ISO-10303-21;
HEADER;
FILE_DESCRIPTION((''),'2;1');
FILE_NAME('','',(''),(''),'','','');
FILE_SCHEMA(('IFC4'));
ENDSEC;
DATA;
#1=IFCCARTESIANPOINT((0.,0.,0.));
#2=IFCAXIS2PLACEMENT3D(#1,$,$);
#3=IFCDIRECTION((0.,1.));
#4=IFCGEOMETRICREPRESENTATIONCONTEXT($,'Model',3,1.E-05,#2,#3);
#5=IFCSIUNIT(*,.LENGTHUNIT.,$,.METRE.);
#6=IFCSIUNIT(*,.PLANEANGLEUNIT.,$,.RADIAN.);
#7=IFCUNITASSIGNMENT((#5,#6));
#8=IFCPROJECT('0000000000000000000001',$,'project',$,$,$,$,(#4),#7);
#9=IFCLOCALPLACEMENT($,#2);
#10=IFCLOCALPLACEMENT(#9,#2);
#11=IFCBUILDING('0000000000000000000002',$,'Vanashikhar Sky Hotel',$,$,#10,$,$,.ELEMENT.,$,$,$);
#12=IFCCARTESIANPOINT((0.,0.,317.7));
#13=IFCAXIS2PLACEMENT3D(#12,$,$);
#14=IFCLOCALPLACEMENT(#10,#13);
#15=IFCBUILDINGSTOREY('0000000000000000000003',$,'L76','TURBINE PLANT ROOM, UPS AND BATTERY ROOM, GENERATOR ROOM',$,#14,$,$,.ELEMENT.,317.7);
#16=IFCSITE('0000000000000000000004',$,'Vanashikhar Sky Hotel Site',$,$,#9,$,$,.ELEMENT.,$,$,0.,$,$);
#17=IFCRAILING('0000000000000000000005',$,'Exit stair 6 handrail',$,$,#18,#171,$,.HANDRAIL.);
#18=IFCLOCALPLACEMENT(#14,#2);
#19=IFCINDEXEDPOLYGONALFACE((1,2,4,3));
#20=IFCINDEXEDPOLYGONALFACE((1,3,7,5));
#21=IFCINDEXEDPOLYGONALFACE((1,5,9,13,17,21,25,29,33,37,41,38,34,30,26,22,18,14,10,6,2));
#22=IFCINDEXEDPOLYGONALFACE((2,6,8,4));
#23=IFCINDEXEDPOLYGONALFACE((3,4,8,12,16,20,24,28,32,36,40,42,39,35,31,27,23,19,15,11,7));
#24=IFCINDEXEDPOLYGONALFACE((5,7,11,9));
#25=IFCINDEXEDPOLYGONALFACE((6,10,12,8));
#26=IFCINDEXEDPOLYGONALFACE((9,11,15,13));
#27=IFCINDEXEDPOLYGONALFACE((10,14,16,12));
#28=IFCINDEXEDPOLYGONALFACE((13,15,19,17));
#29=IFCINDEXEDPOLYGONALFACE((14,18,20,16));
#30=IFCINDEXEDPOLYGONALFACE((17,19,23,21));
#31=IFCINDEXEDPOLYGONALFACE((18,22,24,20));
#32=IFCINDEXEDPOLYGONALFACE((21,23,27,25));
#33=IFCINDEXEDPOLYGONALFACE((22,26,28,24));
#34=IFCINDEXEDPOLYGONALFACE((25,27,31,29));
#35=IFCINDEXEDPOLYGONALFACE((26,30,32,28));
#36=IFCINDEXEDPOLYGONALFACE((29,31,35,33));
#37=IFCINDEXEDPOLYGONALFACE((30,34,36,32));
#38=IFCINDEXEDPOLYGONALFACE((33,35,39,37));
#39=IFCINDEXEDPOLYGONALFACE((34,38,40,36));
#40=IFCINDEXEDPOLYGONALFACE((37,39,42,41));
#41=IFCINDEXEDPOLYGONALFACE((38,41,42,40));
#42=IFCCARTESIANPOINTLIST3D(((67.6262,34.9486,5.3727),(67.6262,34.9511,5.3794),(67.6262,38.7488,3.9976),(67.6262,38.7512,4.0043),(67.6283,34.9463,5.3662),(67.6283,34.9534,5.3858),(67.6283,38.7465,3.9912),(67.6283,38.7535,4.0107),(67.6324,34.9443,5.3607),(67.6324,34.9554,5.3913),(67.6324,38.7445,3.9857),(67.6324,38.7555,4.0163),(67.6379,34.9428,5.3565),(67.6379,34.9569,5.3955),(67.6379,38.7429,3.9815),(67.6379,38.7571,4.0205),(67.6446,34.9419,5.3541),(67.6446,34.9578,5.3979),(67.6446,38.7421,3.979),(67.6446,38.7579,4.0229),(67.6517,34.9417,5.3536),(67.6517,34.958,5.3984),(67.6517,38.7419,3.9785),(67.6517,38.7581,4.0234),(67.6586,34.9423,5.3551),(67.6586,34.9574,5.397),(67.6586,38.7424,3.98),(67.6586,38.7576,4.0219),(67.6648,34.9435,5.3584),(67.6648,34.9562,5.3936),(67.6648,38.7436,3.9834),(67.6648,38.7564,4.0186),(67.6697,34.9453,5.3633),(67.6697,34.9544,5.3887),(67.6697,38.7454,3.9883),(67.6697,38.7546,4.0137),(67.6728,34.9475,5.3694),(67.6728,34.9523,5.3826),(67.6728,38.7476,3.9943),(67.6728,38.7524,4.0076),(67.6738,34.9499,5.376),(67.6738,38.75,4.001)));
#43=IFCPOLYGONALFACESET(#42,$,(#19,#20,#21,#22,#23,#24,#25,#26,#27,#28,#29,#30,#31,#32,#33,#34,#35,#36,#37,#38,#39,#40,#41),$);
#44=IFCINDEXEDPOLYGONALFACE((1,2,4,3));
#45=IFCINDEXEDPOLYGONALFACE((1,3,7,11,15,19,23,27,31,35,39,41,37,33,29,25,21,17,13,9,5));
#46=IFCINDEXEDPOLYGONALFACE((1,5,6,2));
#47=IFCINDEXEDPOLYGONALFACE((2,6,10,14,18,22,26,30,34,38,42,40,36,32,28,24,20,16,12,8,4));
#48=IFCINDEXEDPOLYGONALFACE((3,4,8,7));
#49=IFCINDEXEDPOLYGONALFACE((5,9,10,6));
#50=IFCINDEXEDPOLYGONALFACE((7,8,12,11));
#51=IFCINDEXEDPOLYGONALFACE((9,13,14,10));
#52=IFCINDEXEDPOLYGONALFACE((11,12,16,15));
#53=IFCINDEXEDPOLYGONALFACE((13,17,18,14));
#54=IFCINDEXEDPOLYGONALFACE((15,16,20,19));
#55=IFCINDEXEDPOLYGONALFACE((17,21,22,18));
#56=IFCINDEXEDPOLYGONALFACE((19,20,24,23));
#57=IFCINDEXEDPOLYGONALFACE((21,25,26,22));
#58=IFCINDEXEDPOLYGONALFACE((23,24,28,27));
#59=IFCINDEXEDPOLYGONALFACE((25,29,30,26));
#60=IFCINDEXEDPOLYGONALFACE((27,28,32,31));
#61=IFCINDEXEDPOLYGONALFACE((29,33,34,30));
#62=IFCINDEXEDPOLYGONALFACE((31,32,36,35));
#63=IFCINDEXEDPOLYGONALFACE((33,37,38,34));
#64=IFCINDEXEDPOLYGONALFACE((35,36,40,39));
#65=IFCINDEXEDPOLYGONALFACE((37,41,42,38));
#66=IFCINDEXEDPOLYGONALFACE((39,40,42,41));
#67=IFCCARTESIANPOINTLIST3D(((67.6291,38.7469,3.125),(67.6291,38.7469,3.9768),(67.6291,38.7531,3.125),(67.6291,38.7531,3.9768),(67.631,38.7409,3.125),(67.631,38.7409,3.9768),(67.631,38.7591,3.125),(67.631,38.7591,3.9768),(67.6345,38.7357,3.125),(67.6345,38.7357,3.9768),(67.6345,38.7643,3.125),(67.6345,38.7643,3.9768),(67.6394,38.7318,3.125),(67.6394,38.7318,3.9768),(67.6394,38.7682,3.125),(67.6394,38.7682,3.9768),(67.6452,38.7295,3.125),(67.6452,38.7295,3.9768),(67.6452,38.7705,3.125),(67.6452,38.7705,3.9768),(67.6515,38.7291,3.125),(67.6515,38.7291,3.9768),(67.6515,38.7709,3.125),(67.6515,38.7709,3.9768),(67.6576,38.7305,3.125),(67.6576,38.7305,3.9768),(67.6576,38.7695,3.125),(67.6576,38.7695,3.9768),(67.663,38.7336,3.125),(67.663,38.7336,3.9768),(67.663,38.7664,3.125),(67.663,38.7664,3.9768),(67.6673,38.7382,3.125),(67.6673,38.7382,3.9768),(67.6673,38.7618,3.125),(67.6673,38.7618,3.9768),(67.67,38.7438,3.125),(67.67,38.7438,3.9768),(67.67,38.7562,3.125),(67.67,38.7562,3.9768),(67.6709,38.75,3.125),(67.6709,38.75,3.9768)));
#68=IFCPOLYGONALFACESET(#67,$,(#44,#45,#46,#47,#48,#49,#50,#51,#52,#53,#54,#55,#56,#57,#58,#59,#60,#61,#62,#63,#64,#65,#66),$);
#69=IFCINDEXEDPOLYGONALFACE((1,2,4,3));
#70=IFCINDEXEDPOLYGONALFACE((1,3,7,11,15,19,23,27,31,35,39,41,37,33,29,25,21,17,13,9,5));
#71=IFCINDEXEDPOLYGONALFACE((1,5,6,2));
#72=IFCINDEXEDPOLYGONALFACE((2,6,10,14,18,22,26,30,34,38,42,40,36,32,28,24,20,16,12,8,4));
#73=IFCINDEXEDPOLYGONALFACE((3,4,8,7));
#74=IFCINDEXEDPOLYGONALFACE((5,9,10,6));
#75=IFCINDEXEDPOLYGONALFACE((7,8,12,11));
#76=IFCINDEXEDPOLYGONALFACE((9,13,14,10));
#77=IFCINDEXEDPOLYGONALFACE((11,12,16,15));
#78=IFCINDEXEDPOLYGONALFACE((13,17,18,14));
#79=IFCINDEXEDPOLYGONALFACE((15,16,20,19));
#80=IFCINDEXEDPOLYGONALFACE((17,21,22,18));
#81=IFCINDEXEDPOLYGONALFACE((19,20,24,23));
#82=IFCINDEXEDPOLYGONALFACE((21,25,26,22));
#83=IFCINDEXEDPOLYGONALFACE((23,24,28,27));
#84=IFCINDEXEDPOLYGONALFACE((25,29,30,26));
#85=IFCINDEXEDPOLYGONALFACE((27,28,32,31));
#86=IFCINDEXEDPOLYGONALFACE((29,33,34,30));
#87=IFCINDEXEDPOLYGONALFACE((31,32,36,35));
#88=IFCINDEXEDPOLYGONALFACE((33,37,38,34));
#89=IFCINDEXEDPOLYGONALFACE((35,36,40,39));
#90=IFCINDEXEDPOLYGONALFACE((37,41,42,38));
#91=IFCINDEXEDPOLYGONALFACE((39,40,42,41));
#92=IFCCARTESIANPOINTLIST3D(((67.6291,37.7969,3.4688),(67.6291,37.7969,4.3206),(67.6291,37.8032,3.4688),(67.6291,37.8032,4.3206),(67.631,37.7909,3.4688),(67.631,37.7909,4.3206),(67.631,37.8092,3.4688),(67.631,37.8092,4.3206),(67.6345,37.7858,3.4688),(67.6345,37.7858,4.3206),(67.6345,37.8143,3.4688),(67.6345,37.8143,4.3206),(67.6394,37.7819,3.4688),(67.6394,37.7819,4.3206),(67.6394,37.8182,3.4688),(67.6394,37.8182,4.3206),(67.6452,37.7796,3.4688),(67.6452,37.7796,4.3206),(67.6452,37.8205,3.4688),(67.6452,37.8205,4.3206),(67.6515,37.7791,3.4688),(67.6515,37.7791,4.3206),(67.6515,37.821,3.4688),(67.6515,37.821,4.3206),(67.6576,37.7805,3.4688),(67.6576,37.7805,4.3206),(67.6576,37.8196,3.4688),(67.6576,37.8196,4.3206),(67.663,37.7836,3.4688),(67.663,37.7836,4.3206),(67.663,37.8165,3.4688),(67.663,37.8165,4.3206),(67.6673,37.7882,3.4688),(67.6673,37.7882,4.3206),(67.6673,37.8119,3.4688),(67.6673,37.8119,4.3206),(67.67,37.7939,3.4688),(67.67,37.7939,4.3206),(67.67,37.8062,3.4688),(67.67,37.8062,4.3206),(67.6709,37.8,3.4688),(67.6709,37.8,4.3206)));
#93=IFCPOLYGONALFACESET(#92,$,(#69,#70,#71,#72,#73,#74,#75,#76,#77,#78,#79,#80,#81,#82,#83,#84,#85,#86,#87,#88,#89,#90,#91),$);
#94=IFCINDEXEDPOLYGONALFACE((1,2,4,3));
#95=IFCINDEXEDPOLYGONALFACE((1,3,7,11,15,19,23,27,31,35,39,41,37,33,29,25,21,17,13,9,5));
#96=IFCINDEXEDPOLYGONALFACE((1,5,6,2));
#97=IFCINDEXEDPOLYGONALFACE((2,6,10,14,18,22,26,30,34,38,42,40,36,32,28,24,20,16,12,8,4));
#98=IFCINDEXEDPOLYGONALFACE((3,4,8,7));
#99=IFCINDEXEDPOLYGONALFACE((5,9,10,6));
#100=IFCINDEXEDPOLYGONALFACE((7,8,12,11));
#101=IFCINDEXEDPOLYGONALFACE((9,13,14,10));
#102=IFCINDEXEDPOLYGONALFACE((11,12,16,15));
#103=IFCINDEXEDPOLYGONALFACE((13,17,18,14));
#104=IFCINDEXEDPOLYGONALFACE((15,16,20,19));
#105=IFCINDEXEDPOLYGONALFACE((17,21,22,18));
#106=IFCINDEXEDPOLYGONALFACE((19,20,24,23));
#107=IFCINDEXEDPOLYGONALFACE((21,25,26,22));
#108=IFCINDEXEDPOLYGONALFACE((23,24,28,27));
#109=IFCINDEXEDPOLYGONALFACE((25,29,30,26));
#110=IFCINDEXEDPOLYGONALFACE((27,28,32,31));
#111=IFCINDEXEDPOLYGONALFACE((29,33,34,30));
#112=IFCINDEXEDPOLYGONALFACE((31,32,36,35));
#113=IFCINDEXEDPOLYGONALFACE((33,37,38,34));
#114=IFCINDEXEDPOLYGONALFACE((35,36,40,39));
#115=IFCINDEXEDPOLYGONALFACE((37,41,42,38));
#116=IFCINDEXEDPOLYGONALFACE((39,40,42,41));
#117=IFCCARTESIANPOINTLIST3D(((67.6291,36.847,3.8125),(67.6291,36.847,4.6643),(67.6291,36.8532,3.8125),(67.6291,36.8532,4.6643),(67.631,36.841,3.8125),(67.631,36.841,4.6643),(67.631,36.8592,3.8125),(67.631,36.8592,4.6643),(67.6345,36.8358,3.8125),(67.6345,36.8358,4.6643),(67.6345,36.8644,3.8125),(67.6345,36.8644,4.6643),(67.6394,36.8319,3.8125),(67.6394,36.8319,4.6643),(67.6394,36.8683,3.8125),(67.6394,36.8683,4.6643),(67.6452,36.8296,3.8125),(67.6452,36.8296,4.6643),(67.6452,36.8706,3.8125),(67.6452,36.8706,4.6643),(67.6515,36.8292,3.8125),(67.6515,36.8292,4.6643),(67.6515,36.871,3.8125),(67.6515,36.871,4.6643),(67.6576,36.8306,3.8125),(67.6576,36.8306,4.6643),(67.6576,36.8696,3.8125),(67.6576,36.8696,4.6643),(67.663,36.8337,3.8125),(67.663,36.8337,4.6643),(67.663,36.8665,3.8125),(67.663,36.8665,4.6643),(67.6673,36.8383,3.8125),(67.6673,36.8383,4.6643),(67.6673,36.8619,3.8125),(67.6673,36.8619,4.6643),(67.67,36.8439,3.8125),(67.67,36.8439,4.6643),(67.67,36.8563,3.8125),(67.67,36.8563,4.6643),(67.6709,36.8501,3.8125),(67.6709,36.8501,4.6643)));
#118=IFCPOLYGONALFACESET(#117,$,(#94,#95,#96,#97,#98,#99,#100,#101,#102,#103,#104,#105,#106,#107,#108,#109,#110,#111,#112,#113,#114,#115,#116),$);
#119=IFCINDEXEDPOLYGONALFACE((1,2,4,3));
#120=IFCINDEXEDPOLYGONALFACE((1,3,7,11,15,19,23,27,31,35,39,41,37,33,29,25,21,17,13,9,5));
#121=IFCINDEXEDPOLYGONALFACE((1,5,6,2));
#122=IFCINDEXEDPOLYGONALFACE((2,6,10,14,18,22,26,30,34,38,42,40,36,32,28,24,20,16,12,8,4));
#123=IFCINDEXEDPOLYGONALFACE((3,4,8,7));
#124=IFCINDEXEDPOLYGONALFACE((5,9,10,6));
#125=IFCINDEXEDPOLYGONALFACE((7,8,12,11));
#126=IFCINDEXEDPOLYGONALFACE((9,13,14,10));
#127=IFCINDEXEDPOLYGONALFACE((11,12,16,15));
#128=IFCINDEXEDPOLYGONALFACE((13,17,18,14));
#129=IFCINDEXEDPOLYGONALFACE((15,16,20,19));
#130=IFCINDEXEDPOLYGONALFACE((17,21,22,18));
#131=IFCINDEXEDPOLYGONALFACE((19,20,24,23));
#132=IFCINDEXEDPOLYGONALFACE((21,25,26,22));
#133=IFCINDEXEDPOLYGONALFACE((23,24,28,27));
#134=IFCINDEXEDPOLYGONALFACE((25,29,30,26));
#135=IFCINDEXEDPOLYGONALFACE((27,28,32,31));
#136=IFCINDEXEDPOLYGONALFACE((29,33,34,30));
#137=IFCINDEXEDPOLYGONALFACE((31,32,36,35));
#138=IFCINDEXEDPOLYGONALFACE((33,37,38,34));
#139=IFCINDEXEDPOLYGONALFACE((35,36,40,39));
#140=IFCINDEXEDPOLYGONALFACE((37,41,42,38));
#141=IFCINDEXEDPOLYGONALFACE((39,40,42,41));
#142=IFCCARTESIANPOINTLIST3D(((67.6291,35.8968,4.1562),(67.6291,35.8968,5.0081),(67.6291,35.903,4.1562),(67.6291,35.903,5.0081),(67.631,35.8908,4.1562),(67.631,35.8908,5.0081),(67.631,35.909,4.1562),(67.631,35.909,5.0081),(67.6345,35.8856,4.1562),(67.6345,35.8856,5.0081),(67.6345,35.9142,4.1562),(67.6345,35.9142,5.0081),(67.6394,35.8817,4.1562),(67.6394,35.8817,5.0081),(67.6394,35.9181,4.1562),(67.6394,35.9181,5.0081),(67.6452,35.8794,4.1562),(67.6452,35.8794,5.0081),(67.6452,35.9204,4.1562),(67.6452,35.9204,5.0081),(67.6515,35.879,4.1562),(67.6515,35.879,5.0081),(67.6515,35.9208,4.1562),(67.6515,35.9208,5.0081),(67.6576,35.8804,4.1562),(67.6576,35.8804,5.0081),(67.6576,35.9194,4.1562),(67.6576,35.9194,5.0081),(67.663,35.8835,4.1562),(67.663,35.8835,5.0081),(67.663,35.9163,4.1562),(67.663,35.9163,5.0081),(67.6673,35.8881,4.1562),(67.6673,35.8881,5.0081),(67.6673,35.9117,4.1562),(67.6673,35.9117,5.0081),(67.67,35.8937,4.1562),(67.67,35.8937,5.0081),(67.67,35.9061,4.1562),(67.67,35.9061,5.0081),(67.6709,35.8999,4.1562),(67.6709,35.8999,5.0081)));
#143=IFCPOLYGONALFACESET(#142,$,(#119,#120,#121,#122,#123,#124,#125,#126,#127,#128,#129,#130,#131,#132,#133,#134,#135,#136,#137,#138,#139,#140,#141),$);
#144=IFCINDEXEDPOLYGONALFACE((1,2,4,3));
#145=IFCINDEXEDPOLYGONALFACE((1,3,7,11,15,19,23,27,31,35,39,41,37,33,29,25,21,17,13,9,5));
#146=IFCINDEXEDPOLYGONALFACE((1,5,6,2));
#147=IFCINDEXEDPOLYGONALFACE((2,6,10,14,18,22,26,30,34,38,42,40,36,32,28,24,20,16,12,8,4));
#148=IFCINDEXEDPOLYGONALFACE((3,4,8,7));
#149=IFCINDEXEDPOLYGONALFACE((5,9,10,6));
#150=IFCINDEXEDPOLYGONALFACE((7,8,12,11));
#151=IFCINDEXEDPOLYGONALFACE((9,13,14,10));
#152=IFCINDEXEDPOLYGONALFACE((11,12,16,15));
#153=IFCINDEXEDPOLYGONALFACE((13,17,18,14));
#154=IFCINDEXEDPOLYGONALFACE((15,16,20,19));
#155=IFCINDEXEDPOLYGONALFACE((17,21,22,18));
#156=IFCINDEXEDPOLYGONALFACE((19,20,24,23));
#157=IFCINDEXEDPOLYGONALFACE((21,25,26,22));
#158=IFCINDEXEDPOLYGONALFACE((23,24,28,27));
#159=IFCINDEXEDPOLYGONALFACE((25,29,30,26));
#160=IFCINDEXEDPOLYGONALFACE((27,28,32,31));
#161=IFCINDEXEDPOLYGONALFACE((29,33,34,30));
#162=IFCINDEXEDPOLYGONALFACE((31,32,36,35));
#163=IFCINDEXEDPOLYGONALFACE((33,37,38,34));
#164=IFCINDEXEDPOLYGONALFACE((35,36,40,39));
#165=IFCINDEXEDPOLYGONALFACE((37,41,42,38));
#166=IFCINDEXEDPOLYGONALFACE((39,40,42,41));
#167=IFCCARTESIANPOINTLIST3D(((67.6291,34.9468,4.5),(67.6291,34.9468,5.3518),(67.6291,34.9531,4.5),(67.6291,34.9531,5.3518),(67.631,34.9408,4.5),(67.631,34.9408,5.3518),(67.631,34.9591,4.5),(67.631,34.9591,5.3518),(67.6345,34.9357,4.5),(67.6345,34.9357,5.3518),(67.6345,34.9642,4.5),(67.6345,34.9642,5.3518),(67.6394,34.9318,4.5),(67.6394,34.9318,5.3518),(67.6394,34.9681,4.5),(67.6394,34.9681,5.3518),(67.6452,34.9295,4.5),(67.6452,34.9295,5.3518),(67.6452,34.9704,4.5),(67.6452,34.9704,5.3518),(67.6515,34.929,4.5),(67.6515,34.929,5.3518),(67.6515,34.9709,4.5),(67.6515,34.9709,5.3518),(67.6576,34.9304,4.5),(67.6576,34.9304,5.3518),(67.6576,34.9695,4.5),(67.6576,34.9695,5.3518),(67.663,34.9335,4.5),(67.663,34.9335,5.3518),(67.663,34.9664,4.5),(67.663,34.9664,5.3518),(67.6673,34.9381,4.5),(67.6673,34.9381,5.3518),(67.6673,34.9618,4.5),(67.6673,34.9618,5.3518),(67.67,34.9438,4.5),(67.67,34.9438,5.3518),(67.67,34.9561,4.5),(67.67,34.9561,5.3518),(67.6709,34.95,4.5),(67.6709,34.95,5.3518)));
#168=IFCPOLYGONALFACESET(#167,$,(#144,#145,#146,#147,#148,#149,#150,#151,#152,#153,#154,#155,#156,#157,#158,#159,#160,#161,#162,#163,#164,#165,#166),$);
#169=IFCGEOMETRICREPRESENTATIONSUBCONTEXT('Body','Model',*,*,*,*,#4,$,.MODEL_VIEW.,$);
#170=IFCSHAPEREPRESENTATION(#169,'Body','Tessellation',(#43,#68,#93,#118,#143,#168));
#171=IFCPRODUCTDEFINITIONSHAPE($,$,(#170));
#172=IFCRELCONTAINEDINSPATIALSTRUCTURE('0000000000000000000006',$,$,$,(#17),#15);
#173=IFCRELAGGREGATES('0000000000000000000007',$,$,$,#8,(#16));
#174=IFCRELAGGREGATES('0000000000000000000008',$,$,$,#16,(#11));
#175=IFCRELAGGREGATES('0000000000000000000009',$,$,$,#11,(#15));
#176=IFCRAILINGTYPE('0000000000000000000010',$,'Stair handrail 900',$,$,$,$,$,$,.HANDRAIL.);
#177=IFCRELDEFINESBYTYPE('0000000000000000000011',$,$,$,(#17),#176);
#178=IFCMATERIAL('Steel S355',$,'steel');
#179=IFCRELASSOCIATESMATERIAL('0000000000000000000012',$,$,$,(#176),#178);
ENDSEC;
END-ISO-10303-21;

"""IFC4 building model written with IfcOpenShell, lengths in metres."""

from ifc_helpers import new_model, si_unit, direction, frame, origin, origin_2d, place, context, subcontext, project, spatial, circle, extrude, source, transform, mapped, material, type_object, element, save


model = new_model("IFC4")

# Units and contexts
model_context = context("Model", 3, precision=1e-05, world=origin(), true_north=direction((0.0, 1.0)))
body_context = subcontext(model_context, "Body", "Model", "MODEL_VIEW")
ifc_project = project(units=[si_unit("LENGTHUNIT", "METRE"), si_unit("PLANEANGLEUNIT", "RADIAN")], contexts=[model_context])

# Site, building, storey
site_placement = place(None, origin())
site = spatial("IfcSite", under=ifc_project, at=site_placement, Name="Vanashikhar Sky Hotel Site", CompositionType="ELEMENT", RefElevation=0.0)
building_placement = place(site_placement, origin())
building = spatial("IfcBuilding", under=site, at=building_placement, Name="Vanashikhar Sky Hotel", CompositionType="ELEMENT")
storey_placement = place(building_placement, frame((0.0, 0.0, 317.7)))
storey = spatial("IfcBuildingStorey", under=building, at=storey_placement, Name="L76", Description="TURBINE PLANT ROOM, UPS AND BATTERY ROOM, GENERATOR ROOM", CompositionType="ELEMENT", Elevation=317.7)

# Railing
ifc_material_1 = material(Name="Steel S355", Category="steel")
railing_type_1 = type_object("IfcRailingType", Name="Stair handrail 900", PredefinedType="HANDRAIL", material=ifc_material_1)
shared_shape_1 = source(origin(), body_context, "Body", "SweptSolid", [
    extrude(circle(Radius=0.0239, at=origin_2d()), frame((0.0, 0.0, 0.876), z_axis=(0.0, -0.940336, 0.340249), x_axis=(1.0, 0.0, 0.0)), (0.0, 0.0, 1.0), 4.0413),
    extrude(circle(Radius=0.021, at=origin_2d()), origin(), (0.0, 0.0, 1.0), 0.8518),
    extrude(circle(Radius=0.021, at=origin_2d()), frame((0.0, -0.95, 0.3438)), (0.0, 0.0, 1.0), 0.8518),
    extrude(circle(Radius=0.021, at=origin_2d()), frame((0.0, -1.8999, 0.6875)), (0.0, 0.0, 1.0), 0.8518),
    extrude(circle(Radius=0.021, at=origin_2d()), frame((0.0, -2.8501, 1.0312)), (0.0, 0.0, 1.0), 0.8518),
    extrude(circle(Radius=0.021, at=origin_2d()), frame((0.0, -3.8, 1.375)), (0.0, 0.0, 1.0), 0.8518),
])
railing_placement = place(storey_placement, frame((67.6499, 38.75, 3.125)))
element("IfcRailing", 1, at=railing_placement, inside=storey, type_object=railing_type_1, Name="Exit stair 6 handrail", PredefinedType="HANDRAIL", context=body_context, shape_type="MappedRepresentation", body=[
    mapped(shared_shape_1, transform((0.0, 0.0, 0.0), scale=1.0)),
])

save(model, "model.ifc")
